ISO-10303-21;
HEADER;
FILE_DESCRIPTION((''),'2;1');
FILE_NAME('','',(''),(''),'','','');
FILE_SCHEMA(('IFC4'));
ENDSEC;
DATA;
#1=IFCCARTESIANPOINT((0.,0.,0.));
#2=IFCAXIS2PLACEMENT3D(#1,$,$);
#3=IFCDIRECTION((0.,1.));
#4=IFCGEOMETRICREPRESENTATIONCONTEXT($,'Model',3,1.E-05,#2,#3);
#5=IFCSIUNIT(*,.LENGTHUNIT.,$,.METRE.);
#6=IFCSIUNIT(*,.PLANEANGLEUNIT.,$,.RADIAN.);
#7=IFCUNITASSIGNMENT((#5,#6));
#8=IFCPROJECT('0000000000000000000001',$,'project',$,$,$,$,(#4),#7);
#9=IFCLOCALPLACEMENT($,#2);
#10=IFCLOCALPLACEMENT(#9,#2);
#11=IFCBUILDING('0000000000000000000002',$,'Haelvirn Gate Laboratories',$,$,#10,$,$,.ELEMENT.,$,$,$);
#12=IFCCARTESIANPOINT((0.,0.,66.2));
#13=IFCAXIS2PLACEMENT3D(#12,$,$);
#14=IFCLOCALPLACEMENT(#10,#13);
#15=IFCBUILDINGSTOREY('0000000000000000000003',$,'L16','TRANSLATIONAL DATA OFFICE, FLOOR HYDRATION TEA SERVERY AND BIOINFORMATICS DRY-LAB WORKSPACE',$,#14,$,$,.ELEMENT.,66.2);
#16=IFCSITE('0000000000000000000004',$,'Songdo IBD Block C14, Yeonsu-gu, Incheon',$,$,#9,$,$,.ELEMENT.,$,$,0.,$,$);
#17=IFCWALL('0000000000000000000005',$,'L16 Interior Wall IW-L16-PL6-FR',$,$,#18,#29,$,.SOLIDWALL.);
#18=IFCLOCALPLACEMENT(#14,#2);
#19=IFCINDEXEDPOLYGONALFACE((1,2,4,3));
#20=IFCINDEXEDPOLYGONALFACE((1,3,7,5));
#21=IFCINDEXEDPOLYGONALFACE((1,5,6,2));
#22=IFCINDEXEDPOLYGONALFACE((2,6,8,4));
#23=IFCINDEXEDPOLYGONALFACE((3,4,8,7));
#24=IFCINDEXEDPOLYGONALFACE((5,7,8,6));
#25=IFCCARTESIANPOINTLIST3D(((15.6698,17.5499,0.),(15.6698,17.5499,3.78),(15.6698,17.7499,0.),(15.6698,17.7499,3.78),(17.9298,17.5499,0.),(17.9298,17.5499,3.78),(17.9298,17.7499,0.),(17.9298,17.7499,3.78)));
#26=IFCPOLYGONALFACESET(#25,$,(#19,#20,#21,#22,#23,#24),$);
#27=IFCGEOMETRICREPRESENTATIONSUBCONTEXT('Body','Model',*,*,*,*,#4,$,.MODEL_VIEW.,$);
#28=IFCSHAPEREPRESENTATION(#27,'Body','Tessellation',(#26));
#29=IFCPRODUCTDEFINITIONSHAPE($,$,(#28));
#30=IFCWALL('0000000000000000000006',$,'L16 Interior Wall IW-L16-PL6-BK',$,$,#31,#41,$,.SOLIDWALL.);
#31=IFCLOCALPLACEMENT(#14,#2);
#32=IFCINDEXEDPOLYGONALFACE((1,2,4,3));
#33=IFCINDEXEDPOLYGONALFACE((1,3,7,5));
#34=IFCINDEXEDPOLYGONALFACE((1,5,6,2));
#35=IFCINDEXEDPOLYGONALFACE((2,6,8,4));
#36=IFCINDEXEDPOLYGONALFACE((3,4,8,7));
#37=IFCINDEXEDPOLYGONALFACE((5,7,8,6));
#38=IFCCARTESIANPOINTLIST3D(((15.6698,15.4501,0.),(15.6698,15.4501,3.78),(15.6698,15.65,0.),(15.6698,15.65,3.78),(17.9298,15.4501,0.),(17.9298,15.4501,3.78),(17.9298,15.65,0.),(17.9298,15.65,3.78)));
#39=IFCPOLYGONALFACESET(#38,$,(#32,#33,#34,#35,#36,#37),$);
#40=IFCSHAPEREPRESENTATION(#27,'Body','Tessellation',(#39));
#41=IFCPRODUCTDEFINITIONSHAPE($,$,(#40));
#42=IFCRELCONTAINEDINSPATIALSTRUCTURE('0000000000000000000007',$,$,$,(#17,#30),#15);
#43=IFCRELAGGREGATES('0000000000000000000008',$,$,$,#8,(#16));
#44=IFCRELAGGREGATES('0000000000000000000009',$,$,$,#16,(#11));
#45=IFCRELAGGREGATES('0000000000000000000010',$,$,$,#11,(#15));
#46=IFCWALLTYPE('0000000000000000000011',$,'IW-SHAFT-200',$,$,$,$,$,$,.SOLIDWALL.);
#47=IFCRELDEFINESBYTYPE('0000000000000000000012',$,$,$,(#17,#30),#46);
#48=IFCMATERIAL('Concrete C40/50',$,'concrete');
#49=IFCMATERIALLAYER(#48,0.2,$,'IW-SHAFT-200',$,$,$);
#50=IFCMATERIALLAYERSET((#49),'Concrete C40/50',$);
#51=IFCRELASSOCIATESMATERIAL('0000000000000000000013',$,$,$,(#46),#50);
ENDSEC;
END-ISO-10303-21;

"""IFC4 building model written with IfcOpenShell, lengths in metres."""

from ifc_helpers import new_model, si_unit, direction, frame, frame_2d, origin, place, context, subcontext, project, spatial, rectangle, extrude, material, layer, layer_set, type_object, element, save


model = new_model("IFC4")

# Units and contexts
model_context = context("Model", 3, precision=1e-05, world=origin(), true_north=direction((0.0, 1.0)))
body_context = subcontext(model_context, "Body", "Model", "MODEL_VIEW")
ifc_project = project(units=[si_unit("LENGTHUNIT", "METRE"), si_unit("PLANEANGLEUNIT", "RADIAN")], contexts=[model_context])

# Site, building, storey
site_placement = place(None, origin())
site = spatial("IfcSite", under=ifc_project, at=site_placement, Name="Songdo IBD Block C14, Yeonsu-gu, Incheon", CompositionType="ELEMENT", RefElevation=0.0)
building_placement = place(site_placement, origin())
building = spatial("IfcBuilding", under=site, at=building_placement, Name="Haelvirn Gate Laboratories", CompositionType="ELEMENT")
storey_placement = place(building_placement, frame((0.0, 0.0, 66.2)))
storey = spatial("IfcBuildingStorey", under=building, at=storey_placement, Name="L16", Description="TRANSLATIONAL DATA OFFICE, FLOOR HYDRATION TEA SERVERY AND BIOINFORMATICS DRY-LAB WORKSPACE", CompositionType="ELEMENT", Elevation=66.2)

# Walls
ifc_material_1 = material(Name="Concrete C40/50", Category="concrete")
ifc_layer_1 = layer(ifc_material_1, 0.2, Name="IW-SHAFT-200")
ifc_layer_set_1 = layer_set([ifc_layer_1], Name="Concrete C40/50")
wall_type_1 = type_object("IfcWallType", Name="IW-SHAFT-200", PredefinedType="SOLIDWALL", material=ifc_layer_set_1)
for number, where, z_axis, x_axis, name in (
    (1, (15.6699, 17.6499, 0.0), (0.0, 0.0, 1.0), (1.0, 0.0, 0.0), "L16 Interior Wall IW-L16-PL6-FR"),
    (2, (15.6699, 15.55, 0.0), (0.0, 0.0, 1.0), (1.0, 0.0, 0.0), "L16 Interior Wall IW-L16-PL6-BK"),
):
    element("IfcWall", number, at=place(storey_placement, frame(where, z_axis=z_axis, x_axis=x_axis)), inside=storey, type_object=wall_type_1, Name=name, PredefinedType="SOLIDWALL", context=body_context, shape_type="SweptSolid", body=[
        extrude(rectangle(XDim=2.26, YDim=0.2, at=frame_2d((1.1299, 0.0))), origin(), (0.0, 0.0, 1.0), 3.78),
    ])

save(model, "model.ifc")
